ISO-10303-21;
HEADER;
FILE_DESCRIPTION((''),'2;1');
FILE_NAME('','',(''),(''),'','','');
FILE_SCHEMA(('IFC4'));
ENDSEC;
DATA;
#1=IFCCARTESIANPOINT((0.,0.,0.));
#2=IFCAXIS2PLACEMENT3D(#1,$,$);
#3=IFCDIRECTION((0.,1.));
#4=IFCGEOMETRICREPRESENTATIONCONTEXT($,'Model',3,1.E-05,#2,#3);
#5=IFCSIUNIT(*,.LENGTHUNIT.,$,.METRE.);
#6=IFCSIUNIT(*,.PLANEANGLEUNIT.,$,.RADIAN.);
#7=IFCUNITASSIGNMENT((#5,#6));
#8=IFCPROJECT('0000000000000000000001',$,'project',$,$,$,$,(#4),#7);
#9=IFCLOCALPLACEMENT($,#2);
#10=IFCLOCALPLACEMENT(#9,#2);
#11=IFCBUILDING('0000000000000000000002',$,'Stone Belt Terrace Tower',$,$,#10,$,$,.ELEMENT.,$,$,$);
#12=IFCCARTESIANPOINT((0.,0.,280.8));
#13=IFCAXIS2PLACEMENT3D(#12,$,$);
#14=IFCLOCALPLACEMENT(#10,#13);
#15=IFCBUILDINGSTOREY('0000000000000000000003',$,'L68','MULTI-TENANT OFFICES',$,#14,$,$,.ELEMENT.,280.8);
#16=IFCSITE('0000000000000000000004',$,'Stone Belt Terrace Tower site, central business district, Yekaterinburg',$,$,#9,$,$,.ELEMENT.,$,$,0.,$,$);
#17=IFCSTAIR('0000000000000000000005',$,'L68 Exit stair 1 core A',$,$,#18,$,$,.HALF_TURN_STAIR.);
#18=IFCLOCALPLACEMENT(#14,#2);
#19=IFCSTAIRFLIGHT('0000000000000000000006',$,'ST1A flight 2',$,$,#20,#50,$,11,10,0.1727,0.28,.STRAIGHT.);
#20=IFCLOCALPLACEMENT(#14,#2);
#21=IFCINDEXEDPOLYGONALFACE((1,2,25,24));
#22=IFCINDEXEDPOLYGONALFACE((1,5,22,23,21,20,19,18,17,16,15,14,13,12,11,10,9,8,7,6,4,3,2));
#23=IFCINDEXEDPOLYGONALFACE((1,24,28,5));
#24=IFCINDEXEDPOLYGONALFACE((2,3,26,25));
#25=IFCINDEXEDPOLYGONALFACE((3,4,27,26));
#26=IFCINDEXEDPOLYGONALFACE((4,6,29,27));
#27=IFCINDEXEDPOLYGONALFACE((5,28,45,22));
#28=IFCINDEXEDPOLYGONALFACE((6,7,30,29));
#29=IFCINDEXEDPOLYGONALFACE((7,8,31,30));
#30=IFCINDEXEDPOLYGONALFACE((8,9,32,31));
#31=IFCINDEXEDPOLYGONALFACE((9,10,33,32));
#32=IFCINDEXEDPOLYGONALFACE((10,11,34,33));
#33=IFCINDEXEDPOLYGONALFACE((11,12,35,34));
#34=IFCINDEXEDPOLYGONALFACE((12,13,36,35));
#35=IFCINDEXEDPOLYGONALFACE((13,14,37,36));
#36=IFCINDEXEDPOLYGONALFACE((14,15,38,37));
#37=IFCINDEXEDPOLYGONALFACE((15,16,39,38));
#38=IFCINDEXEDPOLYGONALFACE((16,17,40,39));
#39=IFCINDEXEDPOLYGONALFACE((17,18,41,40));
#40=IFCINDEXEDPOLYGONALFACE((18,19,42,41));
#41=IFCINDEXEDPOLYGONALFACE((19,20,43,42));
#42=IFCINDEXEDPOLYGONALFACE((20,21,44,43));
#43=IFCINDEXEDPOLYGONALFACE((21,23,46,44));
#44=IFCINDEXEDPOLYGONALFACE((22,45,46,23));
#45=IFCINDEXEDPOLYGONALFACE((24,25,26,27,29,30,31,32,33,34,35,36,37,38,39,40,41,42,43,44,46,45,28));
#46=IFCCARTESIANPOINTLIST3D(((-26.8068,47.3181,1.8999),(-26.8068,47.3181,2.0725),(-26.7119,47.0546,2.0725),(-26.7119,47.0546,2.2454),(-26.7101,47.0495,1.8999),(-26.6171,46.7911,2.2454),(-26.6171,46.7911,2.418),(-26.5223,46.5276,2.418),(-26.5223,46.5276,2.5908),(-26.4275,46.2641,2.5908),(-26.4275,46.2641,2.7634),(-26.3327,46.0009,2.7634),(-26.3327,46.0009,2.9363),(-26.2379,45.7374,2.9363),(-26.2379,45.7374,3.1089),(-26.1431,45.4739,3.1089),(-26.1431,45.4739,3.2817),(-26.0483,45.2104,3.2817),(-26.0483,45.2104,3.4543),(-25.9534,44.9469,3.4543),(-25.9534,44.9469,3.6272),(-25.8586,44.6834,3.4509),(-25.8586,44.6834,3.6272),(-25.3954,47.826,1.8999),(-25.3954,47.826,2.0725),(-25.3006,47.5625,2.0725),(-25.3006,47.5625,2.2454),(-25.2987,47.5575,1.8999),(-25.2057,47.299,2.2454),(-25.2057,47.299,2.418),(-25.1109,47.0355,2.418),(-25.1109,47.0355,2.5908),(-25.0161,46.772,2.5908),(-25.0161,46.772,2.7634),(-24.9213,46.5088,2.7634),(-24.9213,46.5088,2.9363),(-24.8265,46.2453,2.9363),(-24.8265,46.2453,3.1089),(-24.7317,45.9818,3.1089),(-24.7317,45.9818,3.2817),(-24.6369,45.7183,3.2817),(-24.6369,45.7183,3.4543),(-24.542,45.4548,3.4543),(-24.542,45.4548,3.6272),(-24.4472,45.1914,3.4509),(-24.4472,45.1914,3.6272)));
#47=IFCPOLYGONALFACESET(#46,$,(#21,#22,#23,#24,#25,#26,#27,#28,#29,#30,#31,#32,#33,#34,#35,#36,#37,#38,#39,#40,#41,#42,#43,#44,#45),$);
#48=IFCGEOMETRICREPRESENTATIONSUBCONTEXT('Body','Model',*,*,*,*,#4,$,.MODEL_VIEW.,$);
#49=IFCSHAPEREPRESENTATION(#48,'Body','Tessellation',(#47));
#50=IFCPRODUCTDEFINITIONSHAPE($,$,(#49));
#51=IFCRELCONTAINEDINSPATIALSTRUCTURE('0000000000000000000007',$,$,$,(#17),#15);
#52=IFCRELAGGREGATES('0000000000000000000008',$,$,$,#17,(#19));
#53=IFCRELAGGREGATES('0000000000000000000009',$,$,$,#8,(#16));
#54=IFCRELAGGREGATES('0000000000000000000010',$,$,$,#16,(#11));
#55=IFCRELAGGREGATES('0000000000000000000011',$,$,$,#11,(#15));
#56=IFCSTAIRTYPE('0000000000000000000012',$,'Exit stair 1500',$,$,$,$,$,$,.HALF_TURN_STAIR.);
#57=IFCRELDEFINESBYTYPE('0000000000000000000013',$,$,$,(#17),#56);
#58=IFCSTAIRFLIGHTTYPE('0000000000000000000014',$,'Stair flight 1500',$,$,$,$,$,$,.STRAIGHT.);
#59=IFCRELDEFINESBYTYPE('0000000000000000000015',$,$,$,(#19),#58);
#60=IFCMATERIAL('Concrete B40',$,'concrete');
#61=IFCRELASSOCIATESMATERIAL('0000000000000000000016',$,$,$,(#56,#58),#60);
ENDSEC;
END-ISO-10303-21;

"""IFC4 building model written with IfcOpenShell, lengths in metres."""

from ifc_helpers import new_model, si_unit, direction, frame, origin, place, context, subcontext, project, spatial, polyline, outline, extrude, material, type_object, element, aggregate, save


model = new_model("IFC4")

# Units and contexts
model_context = context("Model", 3, precision=1e-05, world=origin(), true_north=direction((0.0, 1.0)))
body_context = subcontext(model_context, "Body", "Model", "MODEL_VIEW")
ifc_project = project(units=[si_unit("LENGTHUNIT", "METRE"), si_unit("PLANEANGLEUNIT", "RADIAN")], contexts=[model_context])

# Site, building, storey
site_placement = place(None, origin())
site = spatial("IfcSite", under=ifc_project, at=site_placement, Name="Stone Belt Terrace Tower site, central business district, Yekaterinburg", CompositionType="ELEMENT", RefElevation=0.0)
building_placement = place(site_placement, origin())
building = spatial("IfcBuilding", under=site, at=building_placement, Name="Stone Belt Terrace Tower", CompositionType="ELEMENT")
storey_placement = place(building_placement, frame((0.0, 0.0, 280.8)))
storey = spatial("IfcBuildingStorey", under=building, at=storey_placement, Name="L68", Description="MULTI-TENANT OFFICES", CompositionType="ELEMENT", Elevation=280.8)

# Stair, stair flight
ifc_material_1 = material(Name="Concrete B40", Category="concrete")
stair_type = type_object("IfcStairType", Name="Exit stair 1500", PredefinedType="HALF_TURN_STAIR", material=ifc_material_1)
stair_placement = place(storey_placement, origin())
stair = element("IfcStair", 1, at=stair_placement, inside=storey, type_object=stair_type, Name="L68 Exit stair 1 core A", PredefinedType="HALF_TURN_STAIR")
stair_flight_type = type_object("IfcStairFlightType", Name="Stair flight 1500", PredefinedType="STRAIGHT", material=ifc_material_1)
stair_flight_placement = place(storey_placement, frame((-26.1011, 47.572, 1.8999), z_axis=(0.0, 0.0, 1.0), x_axis=(0.338624, -0.940922, 0.0)))
stair_flight = element("IfcStairFlight", 2, at=stair_flight_placement, type_object=stair_flight_type, Name="ST1A flight 2", NumberOfRisers=11, NumberOfTreads=10, PredefinedType="STRAIGHT", RiserHeight=0.1727, TreadLength=0.28, context=body_context, shape_type="SweptSolid", body=[
    extrude(outline(polyline([(0.0, 0.0), (0.0, 0.1726), (0.28, 0.1726), (0.28, 0.3455), (0.5601, 0.3455), (0.5601, 0.5181), (0.8401, 0.5181), (0.8401, 0.6909), (1.1201, 0.6909), (1.1201, 0.8635), (1.3999, 0.8635), (1.3999, 1.0364), (1.6799, 1.0364), (1.6799, 1.209), (1.96, 1.209), (1.96, 1.3818), (2.24, 1.3818), (2.24, 1.5544), (2.52, 1.5544), (2.52, 1.7273), (2.8, 1.7273), (2.8, 1.8999), (2.8, 1.551), (0.2854, 0.0), (0.0, 0.0)])), frame((0.0, 0.75, 0.0), z_axis=(0.0, -1.0, 0.0), x_axis=(1.0, 0.0, 0.0)), (0.0, 0.0, 1.0), 1.5),
])
aggregate(stair, [stair_flight])

save(model, "model.ifc")
